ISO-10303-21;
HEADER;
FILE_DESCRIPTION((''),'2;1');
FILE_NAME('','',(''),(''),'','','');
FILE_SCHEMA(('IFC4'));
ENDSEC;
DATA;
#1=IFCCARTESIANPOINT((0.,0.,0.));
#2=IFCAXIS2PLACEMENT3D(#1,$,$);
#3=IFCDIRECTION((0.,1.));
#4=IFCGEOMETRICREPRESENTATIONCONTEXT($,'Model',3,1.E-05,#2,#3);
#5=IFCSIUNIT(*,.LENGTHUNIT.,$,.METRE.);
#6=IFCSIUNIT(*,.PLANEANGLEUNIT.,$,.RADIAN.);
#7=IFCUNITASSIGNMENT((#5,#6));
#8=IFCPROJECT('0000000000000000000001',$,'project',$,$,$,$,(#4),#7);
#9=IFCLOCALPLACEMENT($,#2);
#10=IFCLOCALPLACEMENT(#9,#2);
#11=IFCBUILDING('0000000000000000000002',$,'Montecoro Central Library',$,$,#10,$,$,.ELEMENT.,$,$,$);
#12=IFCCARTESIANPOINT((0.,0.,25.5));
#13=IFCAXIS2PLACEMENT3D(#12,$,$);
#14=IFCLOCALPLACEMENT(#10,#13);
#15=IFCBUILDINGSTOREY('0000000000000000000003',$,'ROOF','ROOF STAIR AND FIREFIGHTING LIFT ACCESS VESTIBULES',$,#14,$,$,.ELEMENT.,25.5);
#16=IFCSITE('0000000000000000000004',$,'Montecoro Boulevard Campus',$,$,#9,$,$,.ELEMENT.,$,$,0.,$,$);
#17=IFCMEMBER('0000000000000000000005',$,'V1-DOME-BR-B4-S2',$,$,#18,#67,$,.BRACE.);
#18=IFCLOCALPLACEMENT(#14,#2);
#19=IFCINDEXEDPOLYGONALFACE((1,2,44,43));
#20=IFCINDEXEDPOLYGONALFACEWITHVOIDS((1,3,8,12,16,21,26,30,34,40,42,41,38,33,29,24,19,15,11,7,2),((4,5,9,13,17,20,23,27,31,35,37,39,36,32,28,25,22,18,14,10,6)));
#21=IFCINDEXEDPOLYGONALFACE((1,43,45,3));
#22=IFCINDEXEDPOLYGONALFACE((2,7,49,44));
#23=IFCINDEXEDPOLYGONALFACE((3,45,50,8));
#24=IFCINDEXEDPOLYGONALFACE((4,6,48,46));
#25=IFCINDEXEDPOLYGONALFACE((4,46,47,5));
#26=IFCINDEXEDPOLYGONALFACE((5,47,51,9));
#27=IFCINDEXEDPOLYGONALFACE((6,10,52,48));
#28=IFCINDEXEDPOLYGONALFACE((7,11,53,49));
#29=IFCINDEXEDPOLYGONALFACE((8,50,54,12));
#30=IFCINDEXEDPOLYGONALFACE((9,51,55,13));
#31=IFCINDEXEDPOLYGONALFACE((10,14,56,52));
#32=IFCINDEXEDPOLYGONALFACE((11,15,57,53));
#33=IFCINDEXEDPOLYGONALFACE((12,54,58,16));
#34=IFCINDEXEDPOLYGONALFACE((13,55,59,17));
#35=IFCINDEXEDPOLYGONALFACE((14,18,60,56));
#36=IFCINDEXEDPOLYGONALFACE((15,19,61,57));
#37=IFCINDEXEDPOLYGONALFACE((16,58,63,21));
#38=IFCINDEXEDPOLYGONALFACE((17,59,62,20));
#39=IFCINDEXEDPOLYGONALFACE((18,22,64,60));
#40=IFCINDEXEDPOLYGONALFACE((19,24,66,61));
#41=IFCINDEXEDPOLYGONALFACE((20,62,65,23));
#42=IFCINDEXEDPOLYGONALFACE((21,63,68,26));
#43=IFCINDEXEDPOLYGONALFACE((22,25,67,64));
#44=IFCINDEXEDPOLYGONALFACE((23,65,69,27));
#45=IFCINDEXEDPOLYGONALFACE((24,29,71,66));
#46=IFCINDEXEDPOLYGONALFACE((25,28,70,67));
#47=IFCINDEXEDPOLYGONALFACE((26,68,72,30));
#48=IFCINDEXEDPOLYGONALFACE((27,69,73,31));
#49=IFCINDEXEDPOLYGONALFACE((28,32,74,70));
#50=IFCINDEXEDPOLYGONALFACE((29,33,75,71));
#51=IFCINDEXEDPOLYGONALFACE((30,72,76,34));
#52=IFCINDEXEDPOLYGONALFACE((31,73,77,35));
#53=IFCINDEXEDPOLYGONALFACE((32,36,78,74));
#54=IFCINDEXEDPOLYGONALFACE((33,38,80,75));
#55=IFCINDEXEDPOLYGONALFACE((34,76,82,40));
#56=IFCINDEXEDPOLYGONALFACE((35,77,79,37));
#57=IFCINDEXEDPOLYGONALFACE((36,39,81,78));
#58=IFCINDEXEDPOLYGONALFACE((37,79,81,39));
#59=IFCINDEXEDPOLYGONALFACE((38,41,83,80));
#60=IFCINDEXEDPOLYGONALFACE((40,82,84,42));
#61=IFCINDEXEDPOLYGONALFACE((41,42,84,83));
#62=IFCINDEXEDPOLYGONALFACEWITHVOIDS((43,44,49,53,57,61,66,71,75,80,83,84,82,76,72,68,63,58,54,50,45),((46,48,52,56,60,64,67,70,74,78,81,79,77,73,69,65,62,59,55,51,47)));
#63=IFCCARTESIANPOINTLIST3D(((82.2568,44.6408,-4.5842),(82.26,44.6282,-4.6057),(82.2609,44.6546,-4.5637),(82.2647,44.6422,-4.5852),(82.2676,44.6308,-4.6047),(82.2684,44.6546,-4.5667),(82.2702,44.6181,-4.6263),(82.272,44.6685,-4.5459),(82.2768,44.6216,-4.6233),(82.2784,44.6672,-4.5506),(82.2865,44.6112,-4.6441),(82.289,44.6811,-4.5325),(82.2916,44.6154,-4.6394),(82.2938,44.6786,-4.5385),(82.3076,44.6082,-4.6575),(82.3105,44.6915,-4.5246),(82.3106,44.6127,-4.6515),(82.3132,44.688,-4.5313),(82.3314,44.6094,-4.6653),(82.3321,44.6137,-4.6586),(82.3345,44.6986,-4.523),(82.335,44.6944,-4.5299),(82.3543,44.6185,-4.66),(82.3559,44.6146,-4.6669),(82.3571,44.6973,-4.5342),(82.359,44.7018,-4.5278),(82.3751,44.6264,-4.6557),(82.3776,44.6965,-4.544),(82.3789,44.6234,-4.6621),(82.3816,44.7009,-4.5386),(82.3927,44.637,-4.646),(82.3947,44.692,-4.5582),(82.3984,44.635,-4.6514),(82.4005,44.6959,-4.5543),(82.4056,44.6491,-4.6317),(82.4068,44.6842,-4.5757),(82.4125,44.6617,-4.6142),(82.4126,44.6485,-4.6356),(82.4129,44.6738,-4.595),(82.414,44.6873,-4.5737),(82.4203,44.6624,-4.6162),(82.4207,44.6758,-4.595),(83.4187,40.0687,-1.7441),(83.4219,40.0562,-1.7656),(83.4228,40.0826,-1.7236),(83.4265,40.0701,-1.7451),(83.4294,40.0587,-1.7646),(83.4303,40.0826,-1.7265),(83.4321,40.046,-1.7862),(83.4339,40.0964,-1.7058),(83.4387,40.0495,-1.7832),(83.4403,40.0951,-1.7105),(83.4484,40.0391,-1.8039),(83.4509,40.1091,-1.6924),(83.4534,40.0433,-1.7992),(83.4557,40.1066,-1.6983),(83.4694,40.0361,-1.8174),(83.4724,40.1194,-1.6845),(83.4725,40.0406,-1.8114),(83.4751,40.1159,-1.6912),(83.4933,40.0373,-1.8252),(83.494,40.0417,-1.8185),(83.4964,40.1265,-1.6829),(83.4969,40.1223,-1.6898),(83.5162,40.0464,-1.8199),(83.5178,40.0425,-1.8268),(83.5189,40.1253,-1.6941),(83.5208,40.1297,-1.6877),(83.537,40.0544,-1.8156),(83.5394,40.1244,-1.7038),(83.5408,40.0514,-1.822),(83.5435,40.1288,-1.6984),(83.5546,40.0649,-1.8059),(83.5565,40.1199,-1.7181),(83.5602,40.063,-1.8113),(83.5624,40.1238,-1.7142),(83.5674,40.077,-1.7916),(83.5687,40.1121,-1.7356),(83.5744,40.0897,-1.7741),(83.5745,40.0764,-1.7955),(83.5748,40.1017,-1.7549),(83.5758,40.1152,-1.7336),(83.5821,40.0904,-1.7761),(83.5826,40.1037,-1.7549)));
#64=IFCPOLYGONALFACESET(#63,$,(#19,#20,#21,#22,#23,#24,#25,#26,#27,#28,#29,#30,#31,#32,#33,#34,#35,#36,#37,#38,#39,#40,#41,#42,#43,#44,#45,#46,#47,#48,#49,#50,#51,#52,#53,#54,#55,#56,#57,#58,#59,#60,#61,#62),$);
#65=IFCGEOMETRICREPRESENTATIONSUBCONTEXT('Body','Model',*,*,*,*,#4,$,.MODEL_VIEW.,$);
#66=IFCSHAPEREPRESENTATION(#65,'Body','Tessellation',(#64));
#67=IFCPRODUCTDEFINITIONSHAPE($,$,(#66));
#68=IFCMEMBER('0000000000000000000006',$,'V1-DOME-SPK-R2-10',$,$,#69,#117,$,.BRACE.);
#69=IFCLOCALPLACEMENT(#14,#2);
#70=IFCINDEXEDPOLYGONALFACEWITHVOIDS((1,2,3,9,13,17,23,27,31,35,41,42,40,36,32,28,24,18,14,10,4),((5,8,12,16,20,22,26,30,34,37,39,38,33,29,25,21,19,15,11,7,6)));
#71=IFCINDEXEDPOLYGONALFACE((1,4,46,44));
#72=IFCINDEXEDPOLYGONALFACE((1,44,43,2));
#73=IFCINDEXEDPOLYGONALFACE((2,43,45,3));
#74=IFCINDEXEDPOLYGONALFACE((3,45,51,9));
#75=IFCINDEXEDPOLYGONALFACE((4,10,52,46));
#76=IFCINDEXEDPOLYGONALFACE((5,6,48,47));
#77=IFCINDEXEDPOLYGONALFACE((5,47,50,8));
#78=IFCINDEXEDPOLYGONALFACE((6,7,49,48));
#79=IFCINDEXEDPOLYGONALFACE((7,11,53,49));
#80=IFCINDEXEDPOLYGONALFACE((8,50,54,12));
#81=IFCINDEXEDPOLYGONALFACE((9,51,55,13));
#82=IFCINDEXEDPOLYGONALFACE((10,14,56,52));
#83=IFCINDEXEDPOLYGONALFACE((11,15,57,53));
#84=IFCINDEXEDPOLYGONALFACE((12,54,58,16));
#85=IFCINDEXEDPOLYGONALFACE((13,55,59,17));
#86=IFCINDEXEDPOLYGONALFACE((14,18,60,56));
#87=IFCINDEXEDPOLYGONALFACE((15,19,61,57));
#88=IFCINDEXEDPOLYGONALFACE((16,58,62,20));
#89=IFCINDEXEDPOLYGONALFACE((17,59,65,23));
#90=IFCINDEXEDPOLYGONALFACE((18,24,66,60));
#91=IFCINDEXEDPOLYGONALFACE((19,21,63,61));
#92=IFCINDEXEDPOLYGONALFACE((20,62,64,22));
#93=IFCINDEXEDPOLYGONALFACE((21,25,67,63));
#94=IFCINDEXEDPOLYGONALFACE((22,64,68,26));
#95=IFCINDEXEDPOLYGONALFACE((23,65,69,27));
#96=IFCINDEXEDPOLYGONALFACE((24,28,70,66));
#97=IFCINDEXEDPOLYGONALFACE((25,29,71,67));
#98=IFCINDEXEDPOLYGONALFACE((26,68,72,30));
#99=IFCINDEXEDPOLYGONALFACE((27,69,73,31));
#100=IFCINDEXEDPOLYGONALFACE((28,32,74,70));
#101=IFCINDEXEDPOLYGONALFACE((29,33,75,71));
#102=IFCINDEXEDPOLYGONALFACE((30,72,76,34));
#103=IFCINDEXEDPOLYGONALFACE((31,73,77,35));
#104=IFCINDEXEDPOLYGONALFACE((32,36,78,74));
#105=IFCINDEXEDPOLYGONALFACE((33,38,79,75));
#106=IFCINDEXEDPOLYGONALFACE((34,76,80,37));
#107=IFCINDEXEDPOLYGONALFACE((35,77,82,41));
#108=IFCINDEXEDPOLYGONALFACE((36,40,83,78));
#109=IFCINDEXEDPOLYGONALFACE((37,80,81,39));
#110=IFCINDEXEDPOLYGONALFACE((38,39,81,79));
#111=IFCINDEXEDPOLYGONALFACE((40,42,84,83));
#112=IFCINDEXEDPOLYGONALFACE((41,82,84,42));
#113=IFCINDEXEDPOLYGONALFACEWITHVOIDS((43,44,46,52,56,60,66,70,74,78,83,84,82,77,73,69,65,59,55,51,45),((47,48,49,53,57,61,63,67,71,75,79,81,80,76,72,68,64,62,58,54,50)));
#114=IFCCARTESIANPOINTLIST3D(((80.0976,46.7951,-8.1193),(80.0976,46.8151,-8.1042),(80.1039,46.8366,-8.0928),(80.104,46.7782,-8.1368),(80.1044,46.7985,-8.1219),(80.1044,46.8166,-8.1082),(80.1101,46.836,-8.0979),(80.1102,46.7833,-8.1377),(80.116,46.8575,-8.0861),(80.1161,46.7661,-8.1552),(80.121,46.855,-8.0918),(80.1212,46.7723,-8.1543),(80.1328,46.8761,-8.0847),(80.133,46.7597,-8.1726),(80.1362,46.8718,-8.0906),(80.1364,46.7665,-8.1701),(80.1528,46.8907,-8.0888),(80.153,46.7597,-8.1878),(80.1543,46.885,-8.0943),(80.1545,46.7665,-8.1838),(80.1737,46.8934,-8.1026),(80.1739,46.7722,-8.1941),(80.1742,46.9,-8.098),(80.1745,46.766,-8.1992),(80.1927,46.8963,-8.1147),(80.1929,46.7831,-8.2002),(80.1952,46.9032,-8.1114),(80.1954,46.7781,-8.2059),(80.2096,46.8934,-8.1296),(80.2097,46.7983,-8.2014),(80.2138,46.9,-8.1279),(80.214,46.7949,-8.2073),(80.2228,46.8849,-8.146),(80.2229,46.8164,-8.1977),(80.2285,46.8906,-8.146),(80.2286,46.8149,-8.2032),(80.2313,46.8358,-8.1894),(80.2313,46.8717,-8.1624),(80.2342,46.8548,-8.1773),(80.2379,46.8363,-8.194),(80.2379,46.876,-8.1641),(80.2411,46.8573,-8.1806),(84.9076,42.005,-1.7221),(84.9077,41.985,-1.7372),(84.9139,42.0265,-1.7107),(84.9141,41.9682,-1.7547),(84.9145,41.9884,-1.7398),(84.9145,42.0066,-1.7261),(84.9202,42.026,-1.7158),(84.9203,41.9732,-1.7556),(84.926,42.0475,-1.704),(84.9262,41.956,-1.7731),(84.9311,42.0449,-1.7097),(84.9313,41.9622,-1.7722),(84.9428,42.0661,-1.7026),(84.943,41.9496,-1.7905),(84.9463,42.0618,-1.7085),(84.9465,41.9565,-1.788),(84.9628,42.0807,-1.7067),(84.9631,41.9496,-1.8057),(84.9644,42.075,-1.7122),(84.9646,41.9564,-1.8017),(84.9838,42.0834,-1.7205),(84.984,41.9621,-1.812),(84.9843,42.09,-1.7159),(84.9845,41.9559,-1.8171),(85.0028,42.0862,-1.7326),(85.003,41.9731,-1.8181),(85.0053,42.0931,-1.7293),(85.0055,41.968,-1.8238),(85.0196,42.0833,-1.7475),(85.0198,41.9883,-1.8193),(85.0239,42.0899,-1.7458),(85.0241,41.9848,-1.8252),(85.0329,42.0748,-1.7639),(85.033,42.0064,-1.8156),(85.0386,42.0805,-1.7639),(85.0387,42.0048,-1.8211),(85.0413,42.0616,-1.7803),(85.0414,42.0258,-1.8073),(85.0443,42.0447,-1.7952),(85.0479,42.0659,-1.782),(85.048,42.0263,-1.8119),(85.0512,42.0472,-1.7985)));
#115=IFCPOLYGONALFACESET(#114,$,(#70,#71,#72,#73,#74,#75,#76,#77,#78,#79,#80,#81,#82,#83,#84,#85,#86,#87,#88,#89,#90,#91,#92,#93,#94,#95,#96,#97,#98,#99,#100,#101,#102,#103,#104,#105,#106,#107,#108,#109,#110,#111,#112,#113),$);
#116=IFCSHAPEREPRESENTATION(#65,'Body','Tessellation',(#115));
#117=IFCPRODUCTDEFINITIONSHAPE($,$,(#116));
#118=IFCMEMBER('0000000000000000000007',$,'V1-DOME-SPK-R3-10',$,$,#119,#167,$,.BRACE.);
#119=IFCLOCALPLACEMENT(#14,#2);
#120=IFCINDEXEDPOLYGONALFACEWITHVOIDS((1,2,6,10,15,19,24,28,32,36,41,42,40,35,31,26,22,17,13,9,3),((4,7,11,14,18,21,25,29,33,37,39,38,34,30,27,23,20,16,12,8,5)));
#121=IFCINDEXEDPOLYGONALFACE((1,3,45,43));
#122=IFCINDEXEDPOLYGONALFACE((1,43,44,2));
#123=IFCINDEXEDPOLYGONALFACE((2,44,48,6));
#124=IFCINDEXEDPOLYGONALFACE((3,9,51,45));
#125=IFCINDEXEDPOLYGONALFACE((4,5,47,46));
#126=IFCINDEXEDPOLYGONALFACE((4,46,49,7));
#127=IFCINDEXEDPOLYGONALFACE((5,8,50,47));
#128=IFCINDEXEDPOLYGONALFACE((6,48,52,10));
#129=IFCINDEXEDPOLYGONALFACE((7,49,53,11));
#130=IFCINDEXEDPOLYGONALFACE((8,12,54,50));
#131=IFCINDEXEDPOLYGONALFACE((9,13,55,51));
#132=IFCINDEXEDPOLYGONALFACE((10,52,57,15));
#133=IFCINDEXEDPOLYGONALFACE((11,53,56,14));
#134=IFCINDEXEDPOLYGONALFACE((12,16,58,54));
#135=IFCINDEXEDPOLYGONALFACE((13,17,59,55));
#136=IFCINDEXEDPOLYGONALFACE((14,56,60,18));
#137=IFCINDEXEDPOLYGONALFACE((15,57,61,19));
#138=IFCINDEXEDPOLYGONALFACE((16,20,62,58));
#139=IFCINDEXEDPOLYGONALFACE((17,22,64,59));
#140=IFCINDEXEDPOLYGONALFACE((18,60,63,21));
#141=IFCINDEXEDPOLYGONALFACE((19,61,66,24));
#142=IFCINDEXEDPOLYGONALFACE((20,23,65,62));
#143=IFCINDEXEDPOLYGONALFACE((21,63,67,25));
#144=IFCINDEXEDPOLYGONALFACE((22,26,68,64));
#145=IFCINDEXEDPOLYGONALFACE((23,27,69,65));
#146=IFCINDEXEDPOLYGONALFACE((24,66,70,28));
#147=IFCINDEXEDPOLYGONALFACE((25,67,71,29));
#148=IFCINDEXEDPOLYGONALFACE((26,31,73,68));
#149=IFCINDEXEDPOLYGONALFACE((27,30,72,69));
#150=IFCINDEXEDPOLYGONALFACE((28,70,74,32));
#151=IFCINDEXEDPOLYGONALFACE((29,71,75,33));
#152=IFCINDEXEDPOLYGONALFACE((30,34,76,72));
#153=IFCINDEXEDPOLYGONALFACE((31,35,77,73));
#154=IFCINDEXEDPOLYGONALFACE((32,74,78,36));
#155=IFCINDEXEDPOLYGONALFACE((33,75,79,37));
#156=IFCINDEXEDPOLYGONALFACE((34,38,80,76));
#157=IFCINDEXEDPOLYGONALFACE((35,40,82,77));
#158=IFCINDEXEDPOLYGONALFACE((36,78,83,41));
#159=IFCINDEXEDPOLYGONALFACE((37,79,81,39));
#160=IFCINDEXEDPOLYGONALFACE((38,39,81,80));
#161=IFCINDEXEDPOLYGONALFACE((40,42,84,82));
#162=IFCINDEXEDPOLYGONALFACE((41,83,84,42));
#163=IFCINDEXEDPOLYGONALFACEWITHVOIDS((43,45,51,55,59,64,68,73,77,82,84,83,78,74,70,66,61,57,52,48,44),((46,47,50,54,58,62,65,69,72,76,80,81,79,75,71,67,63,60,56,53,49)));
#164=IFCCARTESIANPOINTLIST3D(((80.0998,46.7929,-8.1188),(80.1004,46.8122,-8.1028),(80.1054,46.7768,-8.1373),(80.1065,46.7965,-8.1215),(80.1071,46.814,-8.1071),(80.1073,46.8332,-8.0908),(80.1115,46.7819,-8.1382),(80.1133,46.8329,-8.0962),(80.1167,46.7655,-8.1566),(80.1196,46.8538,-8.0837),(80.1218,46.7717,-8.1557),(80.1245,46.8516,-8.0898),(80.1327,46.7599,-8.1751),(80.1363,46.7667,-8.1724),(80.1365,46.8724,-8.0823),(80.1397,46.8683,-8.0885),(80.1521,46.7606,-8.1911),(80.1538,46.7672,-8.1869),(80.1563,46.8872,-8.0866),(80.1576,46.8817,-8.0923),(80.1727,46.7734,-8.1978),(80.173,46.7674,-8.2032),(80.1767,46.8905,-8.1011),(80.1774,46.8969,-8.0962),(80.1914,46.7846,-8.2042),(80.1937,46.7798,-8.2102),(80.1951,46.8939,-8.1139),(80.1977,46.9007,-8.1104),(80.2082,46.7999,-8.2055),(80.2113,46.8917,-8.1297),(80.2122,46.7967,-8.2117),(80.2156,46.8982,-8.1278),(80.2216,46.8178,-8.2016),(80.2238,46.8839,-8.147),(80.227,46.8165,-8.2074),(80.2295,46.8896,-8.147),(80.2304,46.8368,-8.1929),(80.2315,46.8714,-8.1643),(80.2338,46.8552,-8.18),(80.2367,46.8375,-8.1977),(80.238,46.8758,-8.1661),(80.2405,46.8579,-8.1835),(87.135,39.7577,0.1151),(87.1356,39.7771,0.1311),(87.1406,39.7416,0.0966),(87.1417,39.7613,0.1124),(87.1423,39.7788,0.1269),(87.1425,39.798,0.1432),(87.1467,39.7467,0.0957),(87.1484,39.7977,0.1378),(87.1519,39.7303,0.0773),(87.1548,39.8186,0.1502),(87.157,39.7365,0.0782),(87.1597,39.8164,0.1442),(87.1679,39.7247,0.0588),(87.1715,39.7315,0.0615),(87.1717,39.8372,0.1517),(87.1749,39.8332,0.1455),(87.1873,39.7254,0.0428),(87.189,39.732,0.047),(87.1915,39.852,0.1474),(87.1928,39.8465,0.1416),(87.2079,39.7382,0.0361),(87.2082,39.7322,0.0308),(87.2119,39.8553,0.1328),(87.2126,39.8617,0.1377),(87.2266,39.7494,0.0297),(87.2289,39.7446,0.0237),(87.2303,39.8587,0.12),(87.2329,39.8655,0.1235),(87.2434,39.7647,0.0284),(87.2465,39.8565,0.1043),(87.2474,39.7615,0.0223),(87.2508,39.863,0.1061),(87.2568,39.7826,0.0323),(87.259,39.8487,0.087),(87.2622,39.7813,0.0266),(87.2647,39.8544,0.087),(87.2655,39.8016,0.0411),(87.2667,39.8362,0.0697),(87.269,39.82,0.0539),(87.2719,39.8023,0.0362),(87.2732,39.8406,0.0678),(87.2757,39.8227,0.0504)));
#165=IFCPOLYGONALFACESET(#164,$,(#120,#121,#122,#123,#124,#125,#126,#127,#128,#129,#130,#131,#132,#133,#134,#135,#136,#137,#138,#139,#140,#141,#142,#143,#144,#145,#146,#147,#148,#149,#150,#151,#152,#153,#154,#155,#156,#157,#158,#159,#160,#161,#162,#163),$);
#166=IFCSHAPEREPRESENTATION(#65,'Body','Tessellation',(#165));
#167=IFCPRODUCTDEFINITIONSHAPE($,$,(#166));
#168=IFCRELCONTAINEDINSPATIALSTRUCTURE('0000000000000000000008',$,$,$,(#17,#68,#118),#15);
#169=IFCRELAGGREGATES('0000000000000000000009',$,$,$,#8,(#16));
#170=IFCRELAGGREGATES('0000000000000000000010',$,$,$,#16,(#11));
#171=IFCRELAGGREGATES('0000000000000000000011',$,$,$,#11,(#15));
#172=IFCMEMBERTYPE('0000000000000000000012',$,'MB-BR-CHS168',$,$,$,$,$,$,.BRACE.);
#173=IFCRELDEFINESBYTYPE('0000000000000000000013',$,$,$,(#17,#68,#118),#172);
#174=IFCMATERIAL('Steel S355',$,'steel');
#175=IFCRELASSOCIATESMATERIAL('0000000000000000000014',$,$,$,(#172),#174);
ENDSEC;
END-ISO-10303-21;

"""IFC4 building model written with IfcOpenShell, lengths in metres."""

from ifc_helpers import new_model, si_unit, direction, frame, origin, origin_2d, place, context, subcontext, project, spatial, hollow_circle, extrude, material, material_profile, profile_set, type_object, element, save


model = new_model("IFC4")

# Units and contexts
model_context = context("Model", 3, precision=1e-05, world=origin(), true_north=direction((0.0, 1.0)))
body_context = subcontext(model_context, "Body", "Model", "MODEL_VIEW")
ifc_project = project(units=[si_unit("LENGTHUNIT", "METRE"), si_unit("PLANEANGLEUNIT", "RADIAN")], contexts=[model_context])

# Site, building, storey
site_placement = place(None, origin())
site = spatial("IfcSite", under=ifc_project, at=site_placement, Name="Montecoro Boulevard Campus", CompositionType="ELEMENT", RefElevation=0.0)
building_placement = place(site_placement, origin())
building = spatial("IfcBuilding", under=site, at=building_placement, Name="Montecoro Central Library", CompositionType="ELEMENT")
storey_placement = place(building_placement, frame((0.0, 0.0, 25.5)))
storey = spatial("IfcBuildingStorey", under=building, at=storey_placement, Name="ROOF", Description="ROOF STAIR AND FIREFIGHTING LIFT ACCESS VESTIBULES", CompositionType="ELEMENT", Elevation=25.5)

# Members
ifc_material_1 = material(Name="Steel S355", Category="steel")
ifc_material_profile_1 = material_profile(ifc_material_1, hollow_circle(Radius=0.0842, WallThickness=0.0081, at=origin_2d()), Name="CHS 168.3x8.0")
ifc_profile_set_1 = profile_set([ifc_material_profile_1], Name="Steel S355")
member_type_1 = type_object("IfcMemberType", Name="MB-BR-CHS168", PredefinedType="BRACE", material=ifc_profile_set_1)
member_1_placement = place(storey_placement, frame((82.3391, 44.655, -4.595), z_axis=(0.211006, -0.830325, 0.515788), x_axis=(0.969195, 0.246297, 0.0)))
element("IfcMember", 1, at=member_1_placement, inside=storey, type_object=member_type_1, Name="V1-DOME-BR-B4-S2", PredefinedType="BRACE", context=body_context, shape_type="SweptSolid", body=[
    extrude(hollow_circle(Radius=0.0842, WallThickness=0.0081, at=origin_2d()), origin(), (0.0, 0.0, 1.0), 5.5063),
])
member_2_placement = place(storey_placement, frame((80.1689, 46.8311, -8.146), z_axis=(0.51568, -0.51568, 0.684214), x_axis=(0.707107, 0.707107, 0.0)))
element("IfcMember", 2, at=member_2_placement, inside=storey, type_object=member_type_1, Name="V1-DOME-SPK-R2-10", PredefinedType="BRACE", context=body_context, shape_type="SweptSolid", body=[
    extrude(hollow_circle(Radius=0.0842, WallThickness=0.0081, at=origin_2d()), origin(), (0.0, 0.0, 1.0), 9.3276),
])
member_3_placement = place(storey_placement, frame((80.1699, 46.8301, -8.147), z_axis=(0.54475, -0.54475, 0.63757), x_axis=(0.707107, 0.707107, 0.0)))
element("IfcMember", 3, at=member_3_placement, inside=storey, type_object=member_type_1, Name="V1-DOME-SPK-R3-10", PredefinedType="BRACE", context=body_context, shape_type="SweptSolid", body=[
    extrude(hollow_circle(Radius=0.0842, WallThickness=0.0081, at=origin_2d()), origin(), (0.0, 0.0, 1.0), 12.9146),
])

save(model, "model.ifc")
